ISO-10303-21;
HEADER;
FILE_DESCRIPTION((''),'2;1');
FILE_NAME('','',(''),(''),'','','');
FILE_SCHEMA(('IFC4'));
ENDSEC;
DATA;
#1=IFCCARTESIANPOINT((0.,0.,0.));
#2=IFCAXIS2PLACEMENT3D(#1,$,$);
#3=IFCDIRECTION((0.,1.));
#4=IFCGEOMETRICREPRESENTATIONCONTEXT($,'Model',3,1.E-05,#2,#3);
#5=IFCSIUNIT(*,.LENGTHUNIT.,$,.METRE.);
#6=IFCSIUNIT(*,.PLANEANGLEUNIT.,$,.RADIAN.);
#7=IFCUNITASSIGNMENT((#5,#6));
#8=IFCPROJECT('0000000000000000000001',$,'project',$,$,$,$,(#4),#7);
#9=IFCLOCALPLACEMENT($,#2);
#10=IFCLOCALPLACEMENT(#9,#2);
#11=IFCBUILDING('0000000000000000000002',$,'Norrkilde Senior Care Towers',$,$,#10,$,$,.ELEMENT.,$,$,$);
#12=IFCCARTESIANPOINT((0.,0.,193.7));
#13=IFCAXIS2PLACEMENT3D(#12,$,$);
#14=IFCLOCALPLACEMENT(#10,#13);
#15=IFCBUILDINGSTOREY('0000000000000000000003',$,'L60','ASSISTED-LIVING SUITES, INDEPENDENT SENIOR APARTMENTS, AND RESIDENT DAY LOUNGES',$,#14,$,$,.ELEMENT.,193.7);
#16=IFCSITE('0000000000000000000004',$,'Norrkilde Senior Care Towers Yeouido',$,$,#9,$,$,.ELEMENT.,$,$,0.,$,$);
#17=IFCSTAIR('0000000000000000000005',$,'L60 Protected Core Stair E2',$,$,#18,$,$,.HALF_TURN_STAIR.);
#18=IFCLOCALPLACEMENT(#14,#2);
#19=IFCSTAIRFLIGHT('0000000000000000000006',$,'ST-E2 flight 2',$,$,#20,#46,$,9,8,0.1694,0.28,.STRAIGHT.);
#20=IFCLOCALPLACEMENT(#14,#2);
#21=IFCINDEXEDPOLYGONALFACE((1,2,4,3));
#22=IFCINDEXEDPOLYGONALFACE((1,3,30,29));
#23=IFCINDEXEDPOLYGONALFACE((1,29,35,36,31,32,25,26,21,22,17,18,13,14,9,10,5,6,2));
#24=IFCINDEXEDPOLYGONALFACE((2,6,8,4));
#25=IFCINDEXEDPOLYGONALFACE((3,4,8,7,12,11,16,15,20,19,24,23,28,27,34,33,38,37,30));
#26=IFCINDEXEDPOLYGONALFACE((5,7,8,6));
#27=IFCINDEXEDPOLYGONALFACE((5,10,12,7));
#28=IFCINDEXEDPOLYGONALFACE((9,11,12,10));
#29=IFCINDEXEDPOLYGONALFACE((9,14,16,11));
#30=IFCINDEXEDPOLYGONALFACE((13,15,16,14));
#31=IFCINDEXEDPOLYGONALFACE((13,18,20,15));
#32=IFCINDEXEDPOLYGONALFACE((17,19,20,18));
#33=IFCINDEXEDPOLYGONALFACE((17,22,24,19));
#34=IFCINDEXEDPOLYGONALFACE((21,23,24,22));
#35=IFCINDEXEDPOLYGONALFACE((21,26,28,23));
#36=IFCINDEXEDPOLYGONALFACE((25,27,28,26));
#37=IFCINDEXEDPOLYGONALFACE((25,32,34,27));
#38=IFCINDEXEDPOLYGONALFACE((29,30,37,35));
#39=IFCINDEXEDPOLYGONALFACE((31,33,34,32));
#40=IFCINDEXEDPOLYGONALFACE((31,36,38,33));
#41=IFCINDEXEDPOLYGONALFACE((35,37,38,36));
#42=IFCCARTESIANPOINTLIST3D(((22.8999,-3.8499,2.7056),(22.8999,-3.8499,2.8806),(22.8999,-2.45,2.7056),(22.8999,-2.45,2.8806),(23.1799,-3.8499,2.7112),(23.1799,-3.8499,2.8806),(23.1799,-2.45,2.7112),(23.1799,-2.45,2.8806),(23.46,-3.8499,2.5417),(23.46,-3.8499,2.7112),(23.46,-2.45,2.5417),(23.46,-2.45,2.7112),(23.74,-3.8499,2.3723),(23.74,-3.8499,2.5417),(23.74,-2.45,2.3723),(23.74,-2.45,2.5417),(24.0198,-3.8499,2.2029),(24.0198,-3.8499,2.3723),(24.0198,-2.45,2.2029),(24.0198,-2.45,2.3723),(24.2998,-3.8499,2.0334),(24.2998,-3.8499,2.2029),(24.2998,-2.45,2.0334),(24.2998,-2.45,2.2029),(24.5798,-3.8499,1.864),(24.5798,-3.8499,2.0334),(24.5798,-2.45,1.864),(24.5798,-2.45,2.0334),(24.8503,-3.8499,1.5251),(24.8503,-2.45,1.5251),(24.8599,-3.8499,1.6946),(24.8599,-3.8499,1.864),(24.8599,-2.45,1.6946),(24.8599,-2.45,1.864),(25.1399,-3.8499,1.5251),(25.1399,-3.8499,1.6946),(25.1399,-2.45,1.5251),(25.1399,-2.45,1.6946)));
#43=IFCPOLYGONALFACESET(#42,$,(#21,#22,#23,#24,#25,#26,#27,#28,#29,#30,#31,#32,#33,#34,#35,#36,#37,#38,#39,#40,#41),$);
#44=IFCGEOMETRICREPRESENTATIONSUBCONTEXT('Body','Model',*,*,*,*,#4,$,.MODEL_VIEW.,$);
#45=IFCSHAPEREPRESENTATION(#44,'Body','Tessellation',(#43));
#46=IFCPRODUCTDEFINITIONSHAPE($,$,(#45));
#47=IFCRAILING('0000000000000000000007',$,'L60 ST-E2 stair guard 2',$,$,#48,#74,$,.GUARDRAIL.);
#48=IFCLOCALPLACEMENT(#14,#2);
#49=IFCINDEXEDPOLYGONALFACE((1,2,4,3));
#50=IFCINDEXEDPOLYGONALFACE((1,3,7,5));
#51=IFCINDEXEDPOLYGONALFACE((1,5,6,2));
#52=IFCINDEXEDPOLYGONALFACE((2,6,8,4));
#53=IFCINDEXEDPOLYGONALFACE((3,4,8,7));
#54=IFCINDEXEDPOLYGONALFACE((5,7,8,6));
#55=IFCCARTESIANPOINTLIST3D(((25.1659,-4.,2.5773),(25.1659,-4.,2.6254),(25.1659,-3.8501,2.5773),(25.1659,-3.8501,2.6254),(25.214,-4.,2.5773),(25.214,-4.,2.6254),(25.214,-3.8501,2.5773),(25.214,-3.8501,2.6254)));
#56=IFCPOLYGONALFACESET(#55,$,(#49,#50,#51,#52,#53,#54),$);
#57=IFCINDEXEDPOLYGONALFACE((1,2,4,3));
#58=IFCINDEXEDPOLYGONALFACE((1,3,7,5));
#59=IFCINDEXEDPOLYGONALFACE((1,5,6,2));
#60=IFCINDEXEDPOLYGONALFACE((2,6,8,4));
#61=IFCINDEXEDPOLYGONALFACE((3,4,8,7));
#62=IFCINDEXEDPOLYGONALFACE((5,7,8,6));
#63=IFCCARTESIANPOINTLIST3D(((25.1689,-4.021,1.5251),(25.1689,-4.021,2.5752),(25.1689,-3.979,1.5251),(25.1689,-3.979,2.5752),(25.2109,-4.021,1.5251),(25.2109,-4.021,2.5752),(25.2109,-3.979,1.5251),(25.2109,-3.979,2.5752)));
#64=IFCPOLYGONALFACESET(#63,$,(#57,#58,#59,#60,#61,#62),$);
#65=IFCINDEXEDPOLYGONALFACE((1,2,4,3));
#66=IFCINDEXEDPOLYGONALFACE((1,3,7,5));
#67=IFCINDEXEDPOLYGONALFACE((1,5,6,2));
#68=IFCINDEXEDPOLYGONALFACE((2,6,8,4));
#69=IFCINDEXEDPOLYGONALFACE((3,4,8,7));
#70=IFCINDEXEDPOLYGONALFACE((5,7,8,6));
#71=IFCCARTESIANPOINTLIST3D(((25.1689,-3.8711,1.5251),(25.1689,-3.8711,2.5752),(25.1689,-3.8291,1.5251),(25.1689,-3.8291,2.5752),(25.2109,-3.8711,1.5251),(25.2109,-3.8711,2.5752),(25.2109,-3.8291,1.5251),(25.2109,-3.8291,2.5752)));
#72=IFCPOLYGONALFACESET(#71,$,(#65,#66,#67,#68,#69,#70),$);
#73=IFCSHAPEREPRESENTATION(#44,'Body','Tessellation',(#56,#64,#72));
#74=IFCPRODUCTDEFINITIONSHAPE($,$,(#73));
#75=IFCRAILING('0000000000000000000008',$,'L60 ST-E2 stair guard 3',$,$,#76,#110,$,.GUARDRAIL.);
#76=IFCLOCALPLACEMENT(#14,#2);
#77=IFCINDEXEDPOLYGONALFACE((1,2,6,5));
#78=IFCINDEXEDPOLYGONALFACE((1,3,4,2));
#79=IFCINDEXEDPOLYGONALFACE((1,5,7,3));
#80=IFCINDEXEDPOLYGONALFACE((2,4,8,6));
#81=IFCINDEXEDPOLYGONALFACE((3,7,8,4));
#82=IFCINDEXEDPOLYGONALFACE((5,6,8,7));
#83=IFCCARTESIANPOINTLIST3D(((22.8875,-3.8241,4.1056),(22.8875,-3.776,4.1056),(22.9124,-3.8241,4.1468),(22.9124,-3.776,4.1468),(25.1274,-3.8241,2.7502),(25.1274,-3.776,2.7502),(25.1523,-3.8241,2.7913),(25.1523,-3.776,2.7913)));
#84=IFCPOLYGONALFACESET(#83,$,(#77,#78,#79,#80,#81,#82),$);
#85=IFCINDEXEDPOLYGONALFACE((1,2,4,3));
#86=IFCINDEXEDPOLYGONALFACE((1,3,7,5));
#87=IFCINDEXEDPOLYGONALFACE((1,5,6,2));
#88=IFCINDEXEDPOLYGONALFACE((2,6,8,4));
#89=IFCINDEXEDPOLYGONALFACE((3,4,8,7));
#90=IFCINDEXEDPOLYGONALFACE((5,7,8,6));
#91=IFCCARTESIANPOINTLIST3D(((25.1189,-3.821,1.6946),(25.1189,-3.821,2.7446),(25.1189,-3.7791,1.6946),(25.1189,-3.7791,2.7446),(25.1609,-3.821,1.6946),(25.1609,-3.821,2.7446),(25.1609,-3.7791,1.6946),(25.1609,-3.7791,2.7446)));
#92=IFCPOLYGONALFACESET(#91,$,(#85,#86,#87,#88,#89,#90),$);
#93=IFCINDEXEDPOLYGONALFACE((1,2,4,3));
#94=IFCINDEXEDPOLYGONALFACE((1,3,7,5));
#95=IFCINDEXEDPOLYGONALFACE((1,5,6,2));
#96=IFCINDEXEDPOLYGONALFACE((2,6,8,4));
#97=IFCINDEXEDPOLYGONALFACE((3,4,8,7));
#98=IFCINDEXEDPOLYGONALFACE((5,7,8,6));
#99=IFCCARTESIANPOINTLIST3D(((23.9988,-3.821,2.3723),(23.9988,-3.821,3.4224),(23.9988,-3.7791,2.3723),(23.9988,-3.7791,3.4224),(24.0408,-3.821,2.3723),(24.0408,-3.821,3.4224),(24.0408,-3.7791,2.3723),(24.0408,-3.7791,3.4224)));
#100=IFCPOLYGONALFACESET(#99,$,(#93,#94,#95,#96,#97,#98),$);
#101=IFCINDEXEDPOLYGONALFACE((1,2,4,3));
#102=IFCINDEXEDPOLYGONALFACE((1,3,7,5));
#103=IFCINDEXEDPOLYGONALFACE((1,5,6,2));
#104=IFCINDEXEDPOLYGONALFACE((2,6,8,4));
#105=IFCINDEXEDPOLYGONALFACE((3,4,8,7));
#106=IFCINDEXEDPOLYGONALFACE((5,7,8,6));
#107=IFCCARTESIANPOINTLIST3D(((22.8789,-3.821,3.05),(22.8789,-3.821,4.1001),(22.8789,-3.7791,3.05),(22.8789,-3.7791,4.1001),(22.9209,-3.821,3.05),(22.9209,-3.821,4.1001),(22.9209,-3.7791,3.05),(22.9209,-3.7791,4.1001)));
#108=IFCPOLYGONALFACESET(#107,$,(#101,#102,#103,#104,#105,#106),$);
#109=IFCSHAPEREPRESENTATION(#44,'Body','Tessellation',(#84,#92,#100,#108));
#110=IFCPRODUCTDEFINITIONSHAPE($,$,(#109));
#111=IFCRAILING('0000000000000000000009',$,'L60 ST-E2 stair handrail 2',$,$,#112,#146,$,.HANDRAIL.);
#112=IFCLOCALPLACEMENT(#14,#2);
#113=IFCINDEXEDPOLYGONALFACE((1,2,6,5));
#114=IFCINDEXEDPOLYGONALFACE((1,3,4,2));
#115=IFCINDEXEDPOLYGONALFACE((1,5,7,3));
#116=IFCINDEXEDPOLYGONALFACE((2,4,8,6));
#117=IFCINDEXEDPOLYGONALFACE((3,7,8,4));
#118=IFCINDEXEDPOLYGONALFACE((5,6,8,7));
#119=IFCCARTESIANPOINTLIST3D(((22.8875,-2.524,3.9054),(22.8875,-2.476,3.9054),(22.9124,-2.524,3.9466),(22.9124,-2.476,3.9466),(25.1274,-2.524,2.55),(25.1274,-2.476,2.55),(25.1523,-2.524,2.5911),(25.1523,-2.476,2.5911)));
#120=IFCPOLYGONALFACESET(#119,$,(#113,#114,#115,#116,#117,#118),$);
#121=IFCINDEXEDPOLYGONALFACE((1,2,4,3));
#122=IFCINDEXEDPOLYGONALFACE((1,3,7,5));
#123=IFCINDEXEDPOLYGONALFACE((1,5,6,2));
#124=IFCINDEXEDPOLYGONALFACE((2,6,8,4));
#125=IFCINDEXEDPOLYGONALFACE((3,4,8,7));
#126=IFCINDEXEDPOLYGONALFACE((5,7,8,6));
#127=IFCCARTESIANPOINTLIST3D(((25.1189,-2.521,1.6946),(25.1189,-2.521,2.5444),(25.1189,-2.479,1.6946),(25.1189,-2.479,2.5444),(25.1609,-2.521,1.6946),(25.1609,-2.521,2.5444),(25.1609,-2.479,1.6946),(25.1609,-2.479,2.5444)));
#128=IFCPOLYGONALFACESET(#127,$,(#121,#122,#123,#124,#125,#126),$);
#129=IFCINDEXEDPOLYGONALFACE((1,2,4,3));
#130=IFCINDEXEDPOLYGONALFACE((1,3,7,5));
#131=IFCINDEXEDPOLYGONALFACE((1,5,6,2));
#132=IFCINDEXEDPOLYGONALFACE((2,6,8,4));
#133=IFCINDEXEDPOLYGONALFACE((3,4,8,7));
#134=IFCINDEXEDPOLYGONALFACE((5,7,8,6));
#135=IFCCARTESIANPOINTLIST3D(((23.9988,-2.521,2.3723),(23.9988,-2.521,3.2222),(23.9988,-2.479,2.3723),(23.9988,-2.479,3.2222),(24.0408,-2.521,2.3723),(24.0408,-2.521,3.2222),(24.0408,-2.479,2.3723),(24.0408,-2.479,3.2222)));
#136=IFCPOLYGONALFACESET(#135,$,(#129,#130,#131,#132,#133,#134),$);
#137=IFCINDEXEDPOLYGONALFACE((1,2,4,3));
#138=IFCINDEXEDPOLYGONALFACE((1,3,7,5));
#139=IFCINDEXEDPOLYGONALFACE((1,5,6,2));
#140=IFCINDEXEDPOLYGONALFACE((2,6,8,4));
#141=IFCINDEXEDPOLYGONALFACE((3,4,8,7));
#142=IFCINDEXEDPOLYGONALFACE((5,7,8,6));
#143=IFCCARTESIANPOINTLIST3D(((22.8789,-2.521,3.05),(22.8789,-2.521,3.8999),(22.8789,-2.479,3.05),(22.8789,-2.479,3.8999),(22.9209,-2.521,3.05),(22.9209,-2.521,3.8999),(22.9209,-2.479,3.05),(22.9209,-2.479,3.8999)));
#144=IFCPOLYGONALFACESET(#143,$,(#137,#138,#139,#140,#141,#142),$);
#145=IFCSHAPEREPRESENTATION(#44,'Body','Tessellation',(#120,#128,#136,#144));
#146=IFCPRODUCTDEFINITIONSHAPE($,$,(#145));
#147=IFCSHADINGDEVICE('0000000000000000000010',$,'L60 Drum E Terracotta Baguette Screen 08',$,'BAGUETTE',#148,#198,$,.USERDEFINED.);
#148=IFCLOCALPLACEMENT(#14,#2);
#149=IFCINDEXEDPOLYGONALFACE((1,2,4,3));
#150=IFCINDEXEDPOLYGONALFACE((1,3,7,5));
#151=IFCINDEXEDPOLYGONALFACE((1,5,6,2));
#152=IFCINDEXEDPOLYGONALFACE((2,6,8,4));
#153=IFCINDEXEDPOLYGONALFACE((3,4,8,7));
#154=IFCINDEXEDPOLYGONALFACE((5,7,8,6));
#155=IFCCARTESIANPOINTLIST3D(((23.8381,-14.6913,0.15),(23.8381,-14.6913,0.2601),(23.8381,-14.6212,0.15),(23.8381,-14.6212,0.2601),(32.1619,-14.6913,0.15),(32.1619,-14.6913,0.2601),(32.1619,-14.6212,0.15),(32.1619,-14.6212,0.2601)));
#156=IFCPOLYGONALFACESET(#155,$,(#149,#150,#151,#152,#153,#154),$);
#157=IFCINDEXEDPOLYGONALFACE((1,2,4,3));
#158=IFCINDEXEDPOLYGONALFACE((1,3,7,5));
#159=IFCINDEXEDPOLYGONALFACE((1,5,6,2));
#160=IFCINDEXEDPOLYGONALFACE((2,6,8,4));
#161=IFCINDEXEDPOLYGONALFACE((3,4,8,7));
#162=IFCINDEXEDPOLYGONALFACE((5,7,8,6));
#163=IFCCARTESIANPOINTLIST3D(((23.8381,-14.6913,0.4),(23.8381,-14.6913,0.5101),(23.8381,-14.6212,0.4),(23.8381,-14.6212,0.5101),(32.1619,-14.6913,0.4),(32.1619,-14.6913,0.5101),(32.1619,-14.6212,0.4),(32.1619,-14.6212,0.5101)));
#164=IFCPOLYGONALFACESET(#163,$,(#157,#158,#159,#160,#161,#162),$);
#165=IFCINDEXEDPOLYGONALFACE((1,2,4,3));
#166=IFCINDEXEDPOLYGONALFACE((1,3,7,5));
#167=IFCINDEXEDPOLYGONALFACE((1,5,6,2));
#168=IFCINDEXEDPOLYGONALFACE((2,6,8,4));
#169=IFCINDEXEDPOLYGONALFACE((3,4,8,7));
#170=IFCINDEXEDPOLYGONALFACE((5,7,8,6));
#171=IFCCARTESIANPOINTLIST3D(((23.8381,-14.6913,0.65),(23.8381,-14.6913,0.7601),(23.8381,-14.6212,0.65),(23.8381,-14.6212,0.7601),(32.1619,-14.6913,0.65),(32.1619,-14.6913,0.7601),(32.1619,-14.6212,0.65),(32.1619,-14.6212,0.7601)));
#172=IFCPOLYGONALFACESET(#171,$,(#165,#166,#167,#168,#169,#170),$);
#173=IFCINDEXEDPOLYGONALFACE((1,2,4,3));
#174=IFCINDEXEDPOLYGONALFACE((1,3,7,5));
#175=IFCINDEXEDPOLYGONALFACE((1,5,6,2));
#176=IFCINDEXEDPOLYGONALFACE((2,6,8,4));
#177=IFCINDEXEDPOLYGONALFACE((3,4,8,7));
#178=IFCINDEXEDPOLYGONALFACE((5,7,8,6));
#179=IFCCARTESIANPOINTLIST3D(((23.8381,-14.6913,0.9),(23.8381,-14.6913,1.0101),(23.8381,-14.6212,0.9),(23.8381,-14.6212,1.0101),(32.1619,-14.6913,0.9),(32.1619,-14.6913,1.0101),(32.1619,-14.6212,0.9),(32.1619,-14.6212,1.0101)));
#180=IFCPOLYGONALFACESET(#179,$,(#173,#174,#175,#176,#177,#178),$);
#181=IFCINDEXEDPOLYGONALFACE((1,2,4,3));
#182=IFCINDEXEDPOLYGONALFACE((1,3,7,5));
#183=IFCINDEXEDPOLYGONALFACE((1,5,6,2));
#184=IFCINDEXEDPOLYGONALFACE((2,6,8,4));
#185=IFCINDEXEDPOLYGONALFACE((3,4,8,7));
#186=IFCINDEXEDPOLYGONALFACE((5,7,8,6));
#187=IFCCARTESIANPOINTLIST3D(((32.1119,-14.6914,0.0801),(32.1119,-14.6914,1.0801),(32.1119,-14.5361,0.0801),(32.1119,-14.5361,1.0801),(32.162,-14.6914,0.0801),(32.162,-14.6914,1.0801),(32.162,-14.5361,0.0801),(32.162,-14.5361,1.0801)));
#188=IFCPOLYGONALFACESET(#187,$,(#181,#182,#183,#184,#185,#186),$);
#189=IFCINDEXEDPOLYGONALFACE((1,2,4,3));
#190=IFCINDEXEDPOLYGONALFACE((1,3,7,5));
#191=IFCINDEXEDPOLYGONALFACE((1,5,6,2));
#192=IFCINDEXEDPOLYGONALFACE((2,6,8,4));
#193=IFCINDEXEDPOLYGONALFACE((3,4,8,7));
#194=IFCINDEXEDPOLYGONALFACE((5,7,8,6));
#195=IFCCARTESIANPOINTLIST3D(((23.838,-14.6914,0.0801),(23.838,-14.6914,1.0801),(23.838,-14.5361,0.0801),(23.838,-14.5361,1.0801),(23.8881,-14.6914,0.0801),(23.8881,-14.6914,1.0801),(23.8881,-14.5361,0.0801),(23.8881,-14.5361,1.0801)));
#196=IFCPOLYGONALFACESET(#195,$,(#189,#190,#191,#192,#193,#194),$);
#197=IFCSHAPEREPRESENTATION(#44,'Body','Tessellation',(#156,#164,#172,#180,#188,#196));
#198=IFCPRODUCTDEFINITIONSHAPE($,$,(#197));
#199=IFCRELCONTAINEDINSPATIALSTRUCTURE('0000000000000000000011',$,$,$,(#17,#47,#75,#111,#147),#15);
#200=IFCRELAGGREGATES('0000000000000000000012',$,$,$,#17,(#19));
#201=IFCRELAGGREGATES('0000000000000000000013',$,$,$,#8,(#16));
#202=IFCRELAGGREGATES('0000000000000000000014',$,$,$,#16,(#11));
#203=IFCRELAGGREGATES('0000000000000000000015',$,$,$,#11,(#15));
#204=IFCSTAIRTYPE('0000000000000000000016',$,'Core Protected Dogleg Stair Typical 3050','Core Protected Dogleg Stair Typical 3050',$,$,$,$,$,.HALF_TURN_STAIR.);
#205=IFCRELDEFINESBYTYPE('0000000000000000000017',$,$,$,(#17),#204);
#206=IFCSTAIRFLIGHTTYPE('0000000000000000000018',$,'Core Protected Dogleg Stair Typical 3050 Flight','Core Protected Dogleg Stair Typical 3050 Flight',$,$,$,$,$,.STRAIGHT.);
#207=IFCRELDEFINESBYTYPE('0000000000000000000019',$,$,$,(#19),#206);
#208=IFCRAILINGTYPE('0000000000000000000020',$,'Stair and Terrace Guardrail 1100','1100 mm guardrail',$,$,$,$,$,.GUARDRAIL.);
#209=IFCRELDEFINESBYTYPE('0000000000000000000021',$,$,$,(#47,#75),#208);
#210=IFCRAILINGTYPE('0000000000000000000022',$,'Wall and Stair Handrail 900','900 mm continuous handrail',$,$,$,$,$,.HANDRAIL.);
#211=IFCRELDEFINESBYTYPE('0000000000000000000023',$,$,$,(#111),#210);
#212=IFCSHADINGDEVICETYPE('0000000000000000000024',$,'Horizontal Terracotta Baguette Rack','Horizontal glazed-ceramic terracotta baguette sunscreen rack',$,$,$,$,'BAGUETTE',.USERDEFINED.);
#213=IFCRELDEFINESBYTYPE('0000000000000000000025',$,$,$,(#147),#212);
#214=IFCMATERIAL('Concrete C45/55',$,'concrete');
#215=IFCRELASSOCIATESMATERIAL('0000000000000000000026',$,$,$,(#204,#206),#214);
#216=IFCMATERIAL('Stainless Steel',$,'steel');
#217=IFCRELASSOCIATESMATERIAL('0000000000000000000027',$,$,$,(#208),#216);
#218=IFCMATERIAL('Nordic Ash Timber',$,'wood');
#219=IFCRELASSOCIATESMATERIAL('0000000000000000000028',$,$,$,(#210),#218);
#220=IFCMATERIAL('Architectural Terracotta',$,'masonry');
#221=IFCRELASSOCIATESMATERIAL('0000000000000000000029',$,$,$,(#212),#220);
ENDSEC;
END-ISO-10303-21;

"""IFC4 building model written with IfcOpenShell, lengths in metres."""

from ifc_helpers import new_model, si_unit, direction, frame, origin, origin_2d, place, context, subcontext, project, spatial, polyline, rectangle, outline, extrude, source, transform, mapped, material, type_object, type_shapes, element, aggregate, save


model = new_model("IFC4")

# Units and contexts
model_context = context("Model", 3, precision=1e-05, world=origin(), true_north=direction((0.0, 1.0)))
body_context = subcontext(model_context, "Body", "Model", "MODEL_VIEW")
ifc_project = project(units=[si_unit("LENGTHUNIT", "METRE"), si_unit("PLANEANGLEUNIT", "RADIAN")], contexts=[model_context])

# Site, building, storey
site_placement = place(None, origin())
site = spatial("IfcSite", under=ifc_project, at=site_placement, Name="Norrkilde Senior Care Towers Yeouido", CompositionType="ELEMENT", RefElevation=0.0)
building_placement = place(site_placement, origin())
building = spatial("IfcBuilding", under=site, at=building_placement, Name="Norrkilde Senior Care Towers", CompositionType="ELEMENT")
storey_placement = place(building_placement, frame((0.0, 0.0, 193.7)))
storey = spatial("IfcBuildingStorey", under=building, at=storey_placement, Name="L60", Description="ASSISTED-LIVING SUITES, INDEPENDENT SENIOR APARTMENTS, AND RESIDENT DAY LOUNGES", CompositionType="ELEMENT", Elevation=193.7)

# Shared definitions
ifc_material_1 = material(Name="Concrete C45/55", Category="concrete")

# Shared definitions
ifc_material_2 = material(Name="Stainless Steel", Category="steel")

# Shared definitions
ifc_material_3 = material(Name="Nordic Ash Timber", Category="wood")

# Stair, stair flight
stair_type = type_object("IfcStairType", Name="Core Protected Dogleg Stair Typical 3050", Description="Core Protected Dogleg Stair Typical 3050", PredefinedType="HALF_TURN_STAIR", material=ifc_material_1)
stair_placement = place(storey_placement, origin())
stair = element("IfcStair", 1, at=stair_placement, inside=storey, type_object=stair_type, Name="L60 Protected Core Stair E2", PredefinedType="HALF_TURN_STAIR")
stair_flight_type = type_object("IfcStairFlightType", Name="Core Protected Dogleg Stair Typical 3050 Flight", Description="Core Protected Dogleg Stair Typical 3050 Flight", PredefinedType="STRAIGHT", material=ifc_material_1)
stair_flight_placement = place(storey_placement, frame((25.1399, -3.1499, 1.5251), z_axis=(0.0, 0.0, 1.0), x_axis=(-1.0, 0.0, 0.0)))
stair_flight = element("IfcStairFlight", 2, at=stair_flight_placement, type_object=stair_flight_type, Name="ST-E2 flight 2", NumberOfRisers=9, NumberOfTreads=8, PredefinedType="STRAIGHT", RiserHeight=0.1694, TreadLength=0.28, context=body_context, shape_type="SweptSolid", body=[
    extrude(outline(polyline([(0.0, 0.0), (0.0, 0.1694), (0.28, 0.1694), (0.28, 0.3389), (0.5601, 0.3389), (0.5601, 0.5083), (0.8401, 0.5083), (0.8401, 0.6777), (1.1201, 0.6777), (1.1201, 0.8472), (1.3999, 0.8472), (1.3999, 1.0166), (1.6799, 1.0166), (1.6799, 1.186), (1.96, 1.186), (1.96, 1.3555), (2.24, 1.3555), (2.24, 1.5249), (2.24, 1.1804), (0.2896, 0.0), (0.0, 0.0)])), frame((0.0, 0.7, 0.0), z_axis=(0.0, -1.0, 0.0), x_axis=(1.0, 0.0, 0.0)), (0.0, 0.0, 1.0), 1.3999),
])
aggregate(stair, [stair_flight])

# Railings
railing_type_1 = type_object("IfcRailingType", Name="Stair and Terrace Guardrail 1100", Description="1100 mm guardrail", PredefinedType="GUARDRAIL", material=ifc_material_2)
railing_1_placement = place(storey_placement, frame((25.1899, -4.0, 1.5251)))
element("IfcRailing", 3, at=railing_1_placement, inside=storey, type_object=railing_type_1, Name="L60 ST-E2 stair guard 2", PredefinedType="GUARDRAIL", context=body_context, shape_type="SweptSolid", body=[
    extrude(rectangle(XDim=0.0481, YDim=0.0481, at=origin_2d()), frame((0.0, 0.0, 1.0762), z_axis=(0.0, 1.0, 0.0), x_axis=(-1.0, 0.0, 0.0)), (0.0, 0.0, 1.0), 0.1499),
    extrude(rectangle(XDim=0.042, YDim=0.042, at=origin_2d()), origin(), (0.0, 0.0, 1.0), 1.05),
    extrude(rectangle(XDim=0.042, YDim=0.042, at=origin_2d()), frame((0.0, 0.1499, 0.0)), (0.0, 0.0, 1.0), 1.05),
])
railing_2_placement = place(storey_placement, frame((25.1399, -3.8, 1.6946)))
element("IfcRailing", 4, at=railing_2_placement, inside=storey, type_object=railing_type_1, Name="L60 ST-E2 stair guard 3", PredefinedType="GUARDRAIL", context=body_context, shape_type="SweptSolid", body=[
    extrude(rectangle(XDim=0.0481, YDim=0.0481, at=origin_2d()), frame((0.0, 0.0, 1.0762), z_axis=(-0.855553, 0.0, 0.517715), x_axis=(0.0, -1.0, 0.0)), (0.0, 0.0, 1.0), 2.6182),
    extrude(rectangle(XDim=0.042, YDim=0.042, at=origin_2d()), origin(), (0.0, 0.0, 1.0), 1.05),
    extrude(rectangle(XDim=0.042, YDim=0.042, at=origin_2d()), frame((-1.1201, 0.0, 0.6777)), (0.0, 0.0, 1.0), 1.05),
    extrude(rectangle(XDim=0.042, YDim=0.042, at=origin_2d()), frame((-2.24, 0.0, 1.3555)), (0.0, 0.0, 1.0), 1.05),
])
railing_type_2 = type_object("IfcRailingType", Name="Wall and Stair Handrail 900", Description="900 mm continuous handrail", PredefinedType="HANDRAIL", material=ifc_material_3)
railing_3_placement = place(storey_placement, frame((25.1399, -2.5, 1.6946)))
element("IfcRailing", 5, at=railing_3_placement, inside=storey, type_object=railing_type_2, Name="L60 ST-E2 stair handrail 2", PredefinedType="HANDRAIL", context=body_context, shape_type="SweptSolid", body=[
    extrude(rectangle(XDim=0.0481, YDim=0.0481, at=origin_2d()), frame((0.0, 0.0, 0.876), z_axis=(-0.855553, 0.0, 0.517715), x_axis=(0.0, -1.0, 0.0)), (0.0, 0.0, 1.0), 2.6182),
    extrude(rectangle(XDim=0.042, YDim=0.042, at=origin_2d()), origin(), (0.0, 0.0, 1.0), 0.8499),
    extrude(rectangle(XDim=0.042, YDim=0.042, at=origin_2d()), frame((-1.1201, 0.0, 0.6777)), (0.0, 0.0, 1.0), 0.8499),
    extrude(rectangle(XDim=0.042, YDim=0.042, at=origin_2d()), frame((-2.24, 0.0, 1.3555)), (0.0, 0.0, 1.0), 0.8499),
])

# Shading device
ifc_material_4 = material(Name="Architectural Terracotta", Category="masonry")
shading_device_type = type_object("IfcShadingDeviceType", Name="Horizontal Terracotta Baguette Rack", Description="Horizontal glazed-ceramic terracotta baguette sunscreen rack", ElementType="BAGUETTE", PredefinedType="USERDEFINED", material=ifc_material_4)
shared_shape_1 = source(origin(), body_context, "Body", "SweptSolid", [
    extrude(rectangle(XDim=0.0701, YDim=0.1101, at=origin_2d()), frame((0.0, 0.0901, 0.125), z_axis=(1.0, 0.0, 0.0), x_axis=(0.0, 1.0, 0.0)), (0.0, 0.0, 1.0), 8.3237),
    extrude(rectangle(XDim=0.0701, YDim=0.1101, at=origin_2d()), frame((0.0, 0.0901, 0.375), z_axis=(1.0, 0.0, 0.0), x_axis=(0.0, 1.0, 0.0)), (0.0, 0.0, 1.0), 8.3237),
    extrude(rectangle(XDim=0.0701, YDim=0.1101, at=origin_2d()), frame((0.0, 0.0901, 0.625), z_axis=(1.0, 0.0, 0.0), x_axis=(0.0, 1.0, 0.0)), (0.0, 0.0, 1.0), 8.3237),
    extrude(rectangle(XDim=0.0701, YDim=0.1101, at=origin_2d()), frame((0.0, 0.0901, 0.875), z_axis=(1.0, 0.0, 0.0), x_axis=(0.0, 1.0, 0.0)), (0.0, 0.0, 1.0), 8.3237),
    extrude(rectangle(XDim=0.05, YDim=0.1553, at=origin_2d()), frame((0.0249, 0.0476, 0.0)), (0.0, 0.0, 1.0), 1.0),
    extrude(rectangle(XDim=0.05, YDim=0.1553, at=origin_2d()), frame((8.2988, 0.0476, 0.0)), (0.0, 0.0, 1.0), 1.0),
])
type_shapes(shading_device_type, [shared_shape_1])
shading_device_placement = place(storey_placement, frame((32.1619, -14.5662, 0.0801), z_axis=(0.0, 0.0, 1.0), x_axis=(-1.0, 0.0, 0.0)))
element("IfcShadingDevice", 6, at=shading_device_placement, inside=storey, type_object=shading_device_type, Name="L60 Drum E Terracotta Baguette Screen 08", ObjectType="BAGUETTE", PredefinedType="USERDEFINED", context=body_context, shape_type="MappedRepresentation", body=[
    mapped(shared_shape_1, transform((0.0, 0.0, 0.0), x_axis=(1.0, 0.0, 0.0), y_axis=(0.0, 1.0, 0.0), z_axis=(0.0, 0.0, 1.0), scale=1.0)),
])

save(model, "model.ifc")
